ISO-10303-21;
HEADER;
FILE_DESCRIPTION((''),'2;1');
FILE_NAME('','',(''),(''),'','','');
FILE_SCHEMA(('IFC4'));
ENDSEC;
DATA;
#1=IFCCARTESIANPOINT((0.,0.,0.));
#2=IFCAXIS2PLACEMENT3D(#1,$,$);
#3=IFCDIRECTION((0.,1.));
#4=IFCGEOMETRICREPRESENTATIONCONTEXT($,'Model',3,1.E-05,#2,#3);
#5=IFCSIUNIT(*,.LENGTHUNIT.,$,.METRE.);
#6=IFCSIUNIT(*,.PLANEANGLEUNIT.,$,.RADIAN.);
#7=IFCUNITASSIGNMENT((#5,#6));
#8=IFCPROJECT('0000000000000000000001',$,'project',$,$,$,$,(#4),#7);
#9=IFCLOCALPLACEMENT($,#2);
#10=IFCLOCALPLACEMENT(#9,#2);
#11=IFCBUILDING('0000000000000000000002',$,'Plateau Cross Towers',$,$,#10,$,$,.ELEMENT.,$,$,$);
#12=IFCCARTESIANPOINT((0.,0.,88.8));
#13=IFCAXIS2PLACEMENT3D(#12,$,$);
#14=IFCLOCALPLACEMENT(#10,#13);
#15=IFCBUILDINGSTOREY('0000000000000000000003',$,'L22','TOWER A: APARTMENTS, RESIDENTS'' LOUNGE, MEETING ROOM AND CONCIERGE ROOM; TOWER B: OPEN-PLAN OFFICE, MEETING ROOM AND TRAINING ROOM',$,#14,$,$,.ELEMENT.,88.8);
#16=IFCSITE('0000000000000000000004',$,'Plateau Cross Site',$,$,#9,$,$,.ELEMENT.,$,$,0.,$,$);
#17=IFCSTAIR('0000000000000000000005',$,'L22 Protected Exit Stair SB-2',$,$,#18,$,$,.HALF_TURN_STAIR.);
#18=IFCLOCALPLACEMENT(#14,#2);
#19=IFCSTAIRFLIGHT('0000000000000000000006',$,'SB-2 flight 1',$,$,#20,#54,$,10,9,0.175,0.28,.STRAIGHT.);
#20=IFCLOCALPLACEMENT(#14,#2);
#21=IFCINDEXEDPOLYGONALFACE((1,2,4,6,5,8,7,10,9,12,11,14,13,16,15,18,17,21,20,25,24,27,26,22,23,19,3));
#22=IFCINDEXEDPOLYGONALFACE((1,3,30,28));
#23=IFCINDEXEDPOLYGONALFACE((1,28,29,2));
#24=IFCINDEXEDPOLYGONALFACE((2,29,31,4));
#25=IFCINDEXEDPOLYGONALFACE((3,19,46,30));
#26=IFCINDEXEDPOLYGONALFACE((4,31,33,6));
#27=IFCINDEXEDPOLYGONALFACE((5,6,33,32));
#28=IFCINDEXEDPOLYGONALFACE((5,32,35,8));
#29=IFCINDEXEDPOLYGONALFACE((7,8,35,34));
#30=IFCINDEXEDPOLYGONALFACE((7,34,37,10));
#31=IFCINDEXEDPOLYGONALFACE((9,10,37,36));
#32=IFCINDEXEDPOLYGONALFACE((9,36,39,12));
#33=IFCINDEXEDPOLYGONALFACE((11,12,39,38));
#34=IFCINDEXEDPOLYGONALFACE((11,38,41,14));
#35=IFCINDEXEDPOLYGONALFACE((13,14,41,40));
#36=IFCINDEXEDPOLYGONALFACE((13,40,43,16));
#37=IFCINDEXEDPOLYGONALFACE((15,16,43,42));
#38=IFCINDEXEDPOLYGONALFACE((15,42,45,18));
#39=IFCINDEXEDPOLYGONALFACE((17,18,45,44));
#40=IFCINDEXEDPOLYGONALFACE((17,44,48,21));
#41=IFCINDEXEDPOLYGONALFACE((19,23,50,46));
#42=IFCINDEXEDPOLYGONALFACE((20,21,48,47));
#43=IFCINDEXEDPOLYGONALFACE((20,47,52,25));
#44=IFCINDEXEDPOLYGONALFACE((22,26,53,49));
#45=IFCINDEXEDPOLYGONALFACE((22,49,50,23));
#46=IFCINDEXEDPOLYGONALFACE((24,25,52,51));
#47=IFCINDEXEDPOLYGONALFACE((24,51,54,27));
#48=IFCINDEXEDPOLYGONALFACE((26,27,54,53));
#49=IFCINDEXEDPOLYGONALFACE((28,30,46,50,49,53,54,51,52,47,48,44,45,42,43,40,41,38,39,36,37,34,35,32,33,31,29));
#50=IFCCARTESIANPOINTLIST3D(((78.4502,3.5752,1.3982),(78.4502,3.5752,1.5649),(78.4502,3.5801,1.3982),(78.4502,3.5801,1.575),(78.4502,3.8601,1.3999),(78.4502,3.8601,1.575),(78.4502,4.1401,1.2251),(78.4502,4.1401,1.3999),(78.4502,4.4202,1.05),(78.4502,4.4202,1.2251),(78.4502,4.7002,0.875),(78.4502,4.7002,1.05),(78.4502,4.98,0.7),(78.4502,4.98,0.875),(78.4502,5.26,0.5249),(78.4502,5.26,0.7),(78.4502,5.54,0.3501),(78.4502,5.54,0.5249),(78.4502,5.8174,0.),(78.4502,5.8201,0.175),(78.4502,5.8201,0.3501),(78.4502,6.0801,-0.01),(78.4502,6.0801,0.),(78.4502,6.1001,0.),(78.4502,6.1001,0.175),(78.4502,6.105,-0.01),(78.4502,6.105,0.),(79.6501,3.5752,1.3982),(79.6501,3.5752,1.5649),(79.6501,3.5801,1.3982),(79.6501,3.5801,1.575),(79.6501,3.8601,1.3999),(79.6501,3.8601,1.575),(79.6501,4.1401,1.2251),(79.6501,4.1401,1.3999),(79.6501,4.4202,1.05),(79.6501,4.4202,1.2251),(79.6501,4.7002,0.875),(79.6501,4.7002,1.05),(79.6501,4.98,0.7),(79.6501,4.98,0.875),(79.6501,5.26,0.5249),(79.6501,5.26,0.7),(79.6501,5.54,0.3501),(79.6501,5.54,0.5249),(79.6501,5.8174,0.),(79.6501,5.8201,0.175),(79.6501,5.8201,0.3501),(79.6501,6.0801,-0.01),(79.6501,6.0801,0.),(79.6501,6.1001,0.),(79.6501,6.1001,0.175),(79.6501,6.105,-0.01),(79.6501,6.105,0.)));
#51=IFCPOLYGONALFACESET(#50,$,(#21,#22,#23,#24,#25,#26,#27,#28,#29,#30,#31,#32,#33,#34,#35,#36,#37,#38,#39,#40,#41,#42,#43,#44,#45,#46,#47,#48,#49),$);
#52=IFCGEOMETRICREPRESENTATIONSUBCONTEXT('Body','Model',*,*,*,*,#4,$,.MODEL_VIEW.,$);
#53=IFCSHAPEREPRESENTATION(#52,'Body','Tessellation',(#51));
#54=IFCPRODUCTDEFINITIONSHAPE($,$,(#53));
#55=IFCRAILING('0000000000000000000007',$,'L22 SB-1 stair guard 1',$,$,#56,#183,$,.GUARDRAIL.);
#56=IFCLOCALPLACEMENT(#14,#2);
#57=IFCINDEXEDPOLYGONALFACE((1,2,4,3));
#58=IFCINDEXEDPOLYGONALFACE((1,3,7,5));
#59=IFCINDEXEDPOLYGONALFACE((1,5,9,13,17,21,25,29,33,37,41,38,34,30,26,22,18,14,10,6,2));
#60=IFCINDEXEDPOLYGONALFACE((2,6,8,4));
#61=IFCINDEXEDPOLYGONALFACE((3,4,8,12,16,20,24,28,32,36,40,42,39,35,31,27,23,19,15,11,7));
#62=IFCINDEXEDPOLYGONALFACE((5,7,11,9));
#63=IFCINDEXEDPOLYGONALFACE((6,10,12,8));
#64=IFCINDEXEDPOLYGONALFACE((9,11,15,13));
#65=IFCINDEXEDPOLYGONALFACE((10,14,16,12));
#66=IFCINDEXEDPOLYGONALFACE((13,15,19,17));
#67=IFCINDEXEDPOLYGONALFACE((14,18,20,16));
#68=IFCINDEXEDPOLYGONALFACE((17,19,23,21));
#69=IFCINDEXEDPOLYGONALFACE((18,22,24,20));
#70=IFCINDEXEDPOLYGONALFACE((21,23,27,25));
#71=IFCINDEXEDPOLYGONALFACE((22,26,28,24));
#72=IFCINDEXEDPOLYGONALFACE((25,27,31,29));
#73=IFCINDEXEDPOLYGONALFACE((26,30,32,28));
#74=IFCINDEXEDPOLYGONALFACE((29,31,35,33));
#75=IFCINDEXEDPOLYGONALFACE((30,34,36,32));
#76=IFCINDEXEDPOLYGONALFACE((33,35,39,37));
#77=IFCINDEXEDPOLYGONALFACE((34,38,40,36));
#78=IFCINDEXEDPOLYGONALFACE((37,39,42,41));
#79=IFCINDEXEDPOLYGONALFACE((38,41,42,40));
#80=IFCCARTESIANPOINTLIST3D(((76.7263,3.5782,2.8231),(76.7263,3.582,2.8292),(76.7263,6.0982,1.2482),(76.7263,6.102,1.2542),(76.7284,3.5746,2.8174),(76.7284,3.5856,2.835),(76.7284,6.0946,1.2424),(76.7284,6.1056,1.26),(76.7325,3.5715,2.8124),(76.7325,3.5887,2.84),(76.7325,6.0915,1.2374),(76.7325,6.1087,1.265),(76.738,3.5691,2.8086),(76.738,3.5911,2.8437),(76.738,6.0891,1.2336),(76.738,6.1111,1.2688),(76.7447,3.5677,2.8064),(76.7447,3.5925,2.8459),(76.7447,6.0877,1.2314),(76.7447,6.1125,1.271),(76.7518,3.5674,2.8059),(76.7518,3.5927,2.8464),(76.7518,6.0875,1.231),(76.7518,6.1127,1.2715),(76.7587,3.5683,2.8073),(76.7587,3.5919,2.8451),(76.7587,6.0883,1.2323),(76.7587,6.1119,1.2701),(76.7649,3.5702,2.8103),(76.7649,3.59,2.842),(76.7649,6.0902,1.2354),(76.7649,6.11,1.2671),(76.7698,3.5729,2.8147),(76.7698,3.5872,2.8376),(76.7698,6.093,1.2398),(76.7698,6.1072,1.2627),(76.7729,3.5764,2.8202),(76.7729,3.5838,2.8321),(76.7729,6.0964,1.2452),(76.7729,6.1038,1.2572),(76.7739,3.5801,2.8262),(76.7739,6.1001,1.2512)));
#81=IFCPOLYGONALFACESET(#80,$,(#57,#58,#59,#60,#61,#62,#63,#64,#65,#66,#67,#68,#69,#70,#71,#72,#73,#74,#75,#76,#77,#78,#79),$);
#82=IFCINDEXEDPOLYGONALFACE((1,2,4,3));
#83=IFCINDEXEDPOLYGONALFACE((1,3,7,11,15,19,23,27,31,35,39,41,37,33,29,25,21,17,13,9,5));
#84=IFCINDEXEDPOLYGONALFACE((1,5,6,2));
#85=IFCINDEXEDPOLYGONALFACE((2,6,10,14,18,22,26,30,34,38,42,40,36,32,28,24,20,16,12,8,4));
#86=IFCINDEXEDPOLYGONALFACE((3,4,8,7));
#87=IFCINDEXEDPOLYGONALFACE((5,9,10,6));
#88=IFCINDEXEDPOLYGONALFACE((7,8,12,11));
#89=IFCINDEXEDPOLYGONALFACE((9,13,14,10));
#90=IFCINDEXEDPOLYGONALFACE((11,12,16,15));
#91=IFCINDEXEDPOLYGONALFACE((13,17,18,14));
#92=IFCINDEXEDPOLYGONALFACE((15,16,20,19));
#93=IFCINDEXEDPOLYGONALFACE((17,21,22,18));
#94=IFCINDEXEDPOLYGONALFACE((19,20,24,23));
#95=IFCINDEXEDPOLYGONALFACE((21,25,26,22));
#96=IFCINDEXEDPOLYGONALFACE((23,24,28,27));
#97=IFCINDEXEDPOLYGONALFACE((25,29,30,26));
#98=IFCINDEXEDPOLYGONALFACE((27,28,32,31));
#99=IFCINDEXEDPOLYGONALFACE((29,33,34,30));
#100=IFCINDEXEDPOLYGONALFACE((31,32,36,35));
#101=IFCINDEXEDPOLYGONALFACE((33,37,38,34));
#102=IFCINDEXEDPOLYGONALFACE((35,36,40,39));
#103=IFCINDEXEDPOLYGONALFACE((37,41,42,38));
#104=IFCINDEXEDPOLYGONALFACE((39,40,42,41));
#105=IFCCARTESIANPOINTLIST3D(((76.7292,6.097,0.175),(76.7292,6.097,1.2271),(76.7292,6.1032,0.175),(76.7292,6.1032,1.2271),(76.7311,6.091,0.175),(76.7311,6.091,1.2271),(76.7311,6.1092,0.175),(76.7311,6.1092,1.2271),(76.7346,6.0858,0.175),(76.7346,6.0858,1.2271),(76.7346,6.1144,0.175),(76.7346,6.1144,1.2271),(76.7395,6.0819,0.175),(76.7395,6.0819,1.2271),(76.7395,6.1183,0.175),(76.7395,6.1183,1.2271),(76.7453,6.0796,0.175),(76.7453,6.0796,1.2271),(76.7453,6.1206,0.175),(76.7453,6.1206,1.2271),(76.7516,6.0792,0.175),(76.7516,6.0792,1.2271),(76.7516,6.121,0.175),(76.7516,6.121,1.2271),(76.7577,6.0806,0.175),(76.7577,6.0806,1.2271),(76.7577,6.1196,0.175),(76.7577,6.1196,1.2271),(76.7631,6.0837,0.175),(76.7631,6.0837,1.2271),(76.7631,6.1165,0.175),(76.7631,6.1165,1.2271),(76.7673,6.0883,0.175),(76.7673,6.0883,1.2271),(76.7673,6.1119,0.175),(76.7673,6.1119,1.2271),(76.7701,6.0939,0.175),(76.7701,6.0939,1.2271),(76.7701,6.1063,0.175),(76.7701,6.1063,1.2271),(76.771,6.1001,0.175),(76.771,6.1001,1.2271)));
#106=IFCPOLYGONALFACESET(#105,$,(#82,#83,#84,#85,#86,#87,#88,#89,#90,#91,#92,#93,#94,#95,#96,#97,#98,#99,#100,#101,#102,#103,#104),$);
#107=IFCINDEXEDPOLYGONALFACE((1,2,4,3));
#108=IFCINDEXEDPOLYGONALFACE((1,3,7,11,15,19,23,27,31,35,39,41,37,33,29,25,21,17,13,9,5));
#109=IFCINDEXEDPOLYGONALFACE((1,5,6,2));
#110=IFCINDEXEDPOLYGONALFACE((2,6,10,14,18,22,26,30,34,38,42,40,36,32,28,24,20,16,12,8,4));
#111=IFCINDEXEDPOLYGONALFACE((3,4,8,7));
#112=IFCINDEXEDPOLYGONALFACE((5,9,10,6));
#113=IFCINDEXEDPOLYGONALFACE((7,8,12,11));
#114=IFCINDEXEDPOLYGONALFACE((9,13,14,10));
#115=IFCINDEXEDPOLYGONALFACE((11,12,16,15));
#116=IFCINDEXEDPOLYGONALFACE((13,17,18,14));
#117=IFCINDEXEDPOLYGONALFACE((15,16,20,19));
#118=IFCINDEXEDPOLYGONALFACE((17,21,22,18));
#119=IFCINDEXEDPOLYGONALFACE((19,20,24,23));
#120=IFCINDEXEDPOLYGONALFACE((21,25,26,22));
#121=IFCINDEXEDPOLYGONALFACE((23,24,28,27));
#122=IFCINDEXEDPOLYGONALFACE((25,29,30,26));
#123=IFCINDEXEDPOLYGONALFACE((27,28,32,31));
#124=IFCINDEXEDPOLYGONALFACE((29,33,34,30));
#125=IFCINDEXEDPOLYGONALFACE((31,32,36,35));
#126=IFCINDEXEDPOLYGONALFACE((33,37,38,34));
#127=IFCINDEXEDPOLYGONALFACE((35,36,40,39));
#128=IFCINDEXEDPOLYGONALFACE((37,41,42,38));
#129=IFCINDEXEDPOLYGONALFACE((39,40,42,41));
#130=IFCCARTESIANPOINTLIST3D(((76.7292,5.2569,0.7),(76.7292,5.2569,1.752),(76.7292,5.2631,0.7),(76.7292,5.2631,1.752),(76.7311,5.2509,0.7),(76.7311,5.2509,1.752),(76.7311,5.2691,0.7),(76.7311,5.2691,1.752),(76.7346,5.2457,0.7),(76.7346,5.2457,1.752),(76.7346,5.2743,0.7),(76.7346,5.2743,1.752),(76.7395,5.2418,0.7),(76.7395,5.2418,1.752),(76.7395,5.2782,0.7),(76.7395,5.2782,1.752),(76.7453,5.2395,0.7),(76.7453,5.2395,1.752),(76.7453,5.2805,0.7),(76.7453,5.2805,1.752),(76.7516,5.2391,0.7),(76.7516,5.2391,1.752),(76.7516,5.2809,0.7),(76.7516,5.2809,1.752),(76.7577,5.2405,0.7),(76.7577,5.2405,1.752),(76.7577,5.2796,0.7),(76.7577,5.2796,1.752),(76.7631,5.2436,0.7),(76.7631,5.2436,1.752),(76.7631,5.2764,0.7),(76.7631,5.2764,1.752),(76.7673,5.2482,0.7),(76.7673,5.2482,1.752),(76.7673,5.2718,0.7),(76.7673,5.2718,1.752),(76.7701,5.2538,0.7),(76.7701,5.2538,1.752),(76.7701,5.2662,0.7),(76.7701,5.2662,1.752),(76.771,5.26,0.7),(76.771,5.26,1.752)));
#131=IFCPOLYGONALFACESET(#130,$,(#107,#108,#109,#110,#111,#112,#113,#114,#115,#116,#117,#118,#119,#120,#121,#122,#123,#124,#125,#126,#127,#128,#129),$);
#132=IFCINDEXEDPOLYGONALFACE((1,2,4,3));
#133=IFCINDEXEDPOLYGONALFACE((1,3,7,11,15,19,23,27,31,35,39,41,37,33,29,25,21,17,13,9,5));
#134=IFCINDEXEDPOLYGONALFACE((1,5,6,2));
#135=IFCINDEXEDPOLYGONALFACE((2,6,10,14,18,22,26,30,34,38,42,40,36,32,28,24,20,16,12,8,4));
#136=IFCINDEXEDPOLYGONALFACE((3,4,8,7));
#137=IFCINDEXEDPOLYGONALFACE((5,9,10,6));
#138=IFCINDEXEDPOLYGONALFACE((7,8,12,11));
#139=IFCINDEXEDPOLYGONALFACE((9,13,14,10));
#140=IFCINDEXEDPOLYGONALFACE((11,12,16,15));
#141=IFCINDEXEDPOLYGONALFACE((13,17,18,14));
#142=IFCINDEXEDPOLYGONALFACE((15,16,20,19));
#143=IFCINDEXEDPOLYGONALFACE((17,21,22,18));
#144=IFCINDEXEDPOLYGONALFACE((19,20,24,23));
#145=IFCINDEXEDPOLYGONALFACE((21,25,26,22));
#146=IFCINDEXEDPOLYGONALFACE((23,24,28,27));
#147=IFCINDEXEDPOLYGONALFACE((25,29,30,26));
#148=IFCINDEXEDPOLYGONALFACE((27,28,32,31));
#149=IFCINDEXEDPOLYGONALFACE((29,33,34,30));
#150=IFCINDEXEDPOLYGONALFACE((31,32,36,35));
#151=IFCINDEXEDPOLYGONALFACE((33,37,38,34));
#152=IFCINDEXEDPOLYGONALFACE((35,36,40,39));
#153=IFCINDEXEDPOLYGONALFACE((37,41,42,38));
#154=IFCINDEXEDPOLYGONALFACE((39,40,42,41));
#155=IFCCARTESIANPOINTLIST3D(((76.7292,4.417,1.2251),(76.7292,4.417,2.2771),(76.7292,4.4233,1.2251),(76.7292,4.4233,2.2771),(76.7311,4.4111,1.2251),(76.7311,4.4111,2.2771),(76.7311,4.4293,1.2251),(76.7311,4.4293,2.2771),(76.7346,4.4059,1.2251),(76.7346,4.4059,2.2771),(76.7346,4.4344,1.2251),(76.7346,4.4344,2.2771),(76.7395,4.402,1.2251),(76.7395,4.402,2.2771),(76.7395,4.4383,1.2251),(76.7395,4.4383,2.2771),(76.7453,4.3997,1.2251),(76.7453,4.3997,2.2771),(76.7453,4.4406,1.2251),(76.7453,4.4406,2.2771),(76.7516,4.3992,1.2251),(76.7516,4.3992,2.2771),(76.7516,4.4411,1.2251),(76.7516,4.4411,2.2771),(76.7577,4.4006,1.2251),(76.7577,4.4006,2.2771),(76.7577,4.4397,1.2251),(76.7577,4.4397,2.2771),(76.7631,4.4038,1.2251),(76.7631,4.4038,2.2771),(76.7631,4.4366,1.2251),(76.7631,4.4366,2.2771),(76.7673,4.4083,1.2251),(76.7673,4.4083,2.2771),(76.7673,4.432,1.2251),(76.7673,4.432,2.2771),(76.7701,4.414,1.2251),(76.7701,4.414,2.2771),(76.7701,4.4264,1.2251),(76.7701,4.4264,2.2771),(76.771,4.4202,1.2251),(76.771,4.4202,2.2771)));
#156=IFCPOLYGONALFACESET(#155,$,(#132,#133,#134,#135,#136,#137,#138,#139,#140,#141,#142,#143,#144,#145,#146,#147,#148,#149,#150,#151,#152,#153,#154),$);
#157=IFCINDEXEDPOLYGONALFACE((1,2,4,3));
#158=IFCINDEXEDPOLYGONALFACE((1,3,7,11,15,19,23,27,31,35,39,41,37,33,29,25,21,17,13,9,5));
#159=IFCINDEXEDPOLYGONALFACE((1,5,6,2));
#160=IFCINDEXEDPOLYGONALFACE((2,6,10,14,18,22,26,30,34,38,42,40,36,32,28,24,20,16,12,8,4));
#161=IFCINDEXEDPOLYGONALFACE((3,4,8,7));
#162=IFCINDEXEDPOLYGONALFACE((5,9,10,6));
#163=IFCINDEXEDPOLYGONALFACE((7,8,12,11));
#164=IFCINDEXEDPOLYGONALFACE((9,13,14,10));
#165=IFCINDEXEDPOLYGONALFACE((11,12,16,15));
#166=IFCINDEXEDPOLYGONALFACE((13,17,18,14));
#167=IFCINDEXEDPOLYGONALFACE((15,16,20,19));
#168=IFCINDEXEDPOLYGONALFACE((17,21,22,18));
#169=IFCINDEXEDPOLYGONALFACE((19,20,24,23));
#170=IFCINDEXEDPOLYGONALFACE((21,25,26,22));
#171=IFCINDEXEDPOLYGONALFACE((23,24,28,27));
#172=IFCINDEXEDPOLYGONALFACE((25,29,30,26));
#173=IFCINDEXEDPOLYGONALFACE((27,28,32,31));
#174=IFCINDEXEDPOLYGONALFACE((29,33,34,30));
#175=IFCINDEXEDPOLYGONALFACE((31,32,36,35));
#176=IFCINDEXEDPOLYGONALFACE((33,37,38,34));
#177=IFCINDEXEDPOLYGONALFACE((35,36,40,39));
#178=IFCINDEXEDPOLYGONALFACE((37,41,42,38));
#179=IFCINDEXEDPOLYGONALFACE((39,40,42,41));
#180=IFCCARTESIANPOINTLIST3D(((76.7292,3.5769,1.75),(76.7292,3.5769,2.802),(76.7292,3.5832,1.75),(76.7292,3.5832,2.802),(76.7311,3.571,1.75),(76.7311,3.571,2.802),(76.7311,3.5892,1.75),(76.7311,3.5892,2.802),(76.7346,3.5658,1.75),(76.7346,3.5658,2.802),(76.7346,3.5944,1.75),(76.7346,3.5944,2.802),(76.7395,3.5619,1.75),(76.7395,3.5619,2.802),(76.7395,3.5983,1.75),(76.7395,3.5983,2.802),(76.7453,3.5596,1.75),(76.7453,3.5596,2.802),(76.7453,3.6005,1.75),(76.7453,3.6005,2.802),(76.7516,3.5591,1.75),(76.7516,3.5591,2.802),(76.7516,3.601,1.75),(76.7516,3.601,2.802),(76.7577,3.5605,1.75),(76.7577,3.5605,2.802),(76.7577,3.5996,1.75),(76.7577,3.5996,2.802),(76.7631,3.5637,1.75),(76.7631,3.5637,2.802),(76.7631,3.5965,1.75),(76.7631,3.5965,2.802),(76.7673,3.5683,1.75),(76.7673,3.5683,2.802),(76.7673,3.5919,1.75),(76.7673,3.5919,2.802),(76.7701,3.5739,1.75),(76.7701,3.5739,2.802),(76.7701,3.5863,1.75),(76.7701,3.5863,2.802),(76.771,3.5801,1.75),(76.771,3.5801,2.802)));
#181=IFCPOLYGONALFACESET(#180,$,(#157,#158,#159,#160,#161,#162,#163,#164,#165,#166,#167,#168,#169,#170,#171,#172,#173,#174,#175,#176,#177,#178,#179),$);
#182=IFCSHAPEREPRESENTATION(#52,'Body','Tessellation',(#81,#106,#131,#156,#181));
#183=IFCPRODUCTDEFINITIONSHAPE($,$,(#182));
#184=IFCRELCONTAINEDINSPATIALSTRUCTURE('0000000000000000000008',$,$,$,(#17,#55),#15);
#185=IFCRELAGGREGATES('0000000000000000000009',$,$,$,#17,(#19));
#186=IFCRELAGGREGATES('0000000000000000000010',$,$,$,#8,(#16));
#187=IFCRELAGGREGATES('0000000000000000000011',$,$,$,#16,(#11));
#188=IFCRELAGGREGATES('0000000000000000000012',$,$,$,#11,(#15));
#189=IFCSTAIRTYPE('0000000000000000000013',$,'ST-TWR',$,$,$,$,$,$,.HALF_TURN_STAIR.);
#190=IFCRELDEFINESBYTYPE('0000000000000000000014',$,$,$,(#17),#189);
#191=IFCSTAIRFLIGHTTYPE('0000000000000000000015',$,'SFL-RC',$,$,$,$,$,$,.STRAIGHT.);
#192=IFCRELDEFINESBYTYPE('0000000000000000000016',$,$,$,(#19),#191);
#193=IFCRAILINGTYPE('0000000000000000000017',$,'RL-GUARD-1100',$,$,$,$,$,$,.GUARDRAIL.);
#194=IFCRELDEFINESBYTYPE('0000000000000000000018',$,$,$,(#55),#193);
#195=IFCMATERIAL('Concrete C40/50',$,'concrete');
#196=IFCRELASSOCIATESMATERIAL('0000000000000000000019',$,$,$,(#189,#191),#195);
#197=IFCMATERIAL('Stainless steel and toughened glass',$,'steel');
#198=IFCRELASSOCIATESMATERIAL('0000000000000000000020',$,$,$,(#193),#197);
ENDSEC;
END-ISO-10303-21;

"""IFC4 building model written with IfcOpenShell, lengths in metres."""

from ifc_helpers import new_model, si_unit, direction, frame, origin, origin_2d, place, context, subcontext, project, spatial, polyline, circle, outline, extrude, material, type_object, element, aggregate, save


model = new_model("IFC4")

# Units and contexts
model_context = context("Model", 3, precision=1e-05, world=origin(), true_north=direction((0.0, 1.0)))
body_context = subcontext(model_context, "Body", "Model", "MODEL_VIEW")
ifc_project = project(units=[si_unit("LENGTHUNIT", "METRE"), si_unit("PLANEANGLEUNIT", "RADIAN")], contexts=[model_context])

# Site, building, storey
site_placement = place(None, origin())
site = spatial("IfcSite", under=ifc_project, at=site_placement, Name="Plateau Cross Site", CompositionType="ELEMENT", RefElevation=0.0)
building_placement = place(site_placement, origin())
building = spatial("IfcBuilding", under=site, at=building_placement, Name="Plateau Cross Towers", CompositionType="ELEMENT")
storey_placement = place(building_placement, frame((0.0, 0.0, 88.8)))
storey = spatial("IfcBuildingStorey", under=building, at=storey_placement, Name="L22", Description="TOWER A: APARTMENTS, RESIDENTS' LOUNGE, MEETING ROOM AND CONCIERGE ROOM; TOWER B: OPEN-PLAN OFFICE, MEETING ROOM AND TRAINING ROOM", CompositionType="ELEMENT", Elevation=88.8)

# Shared definitions
ifc_material_1 = material(Name="Concrete C40/50", Category="concrete")
stair_type = type_object("IfcStairType", Name="ST-TWR", PredefinedType="HALF_TURN_STAIR", material=ifc_material_1)
stair_flight_type = type_object("IfcStairFlightType", Name="SFL-RC", PredefinedType="STRAIGHT", material=ifc_material_1)

# Stair, stair flight
stair_1_placement = place(storey_placement, origin())
stair_1 = element("IfcStair", 1, at=stair_1_placement, inside=storey, type_object=stair_type, Name="L22 Protected Exit Stair SB-2", PredefinedType="HALF_TURN_STAIR")
stair_flight_1_placement = place(storey_placement, frame((79.05, 6.1001, 0.0), z_axis=(0.0, 0.0, 1.0), x_axis=(0.0, -1.0, 0.0)))
stair_flight_1 = element("IfcStairFlight", 2, at=stair_flight_1_placement, type_object=stair_flight_type, Name="SB-2 flight 1", NumberOfRisers=10, NumberOfTreads=9, PredefinedType="STRAIGHT", RiserHeight=0.175, TreadLength=0.28, context=body_context, shape_type="SweptSolid", body=[
    extrude(outline(polyline([(-0.0049, -0.01), (-0.0049, 0.0), (0.0, 0.0), (0.0, 0.175), (0.28, 0.175), (0.28, 0.3501), (0.5601, 0.3501), (0.5601, 0.5249), (0.8401, 0.5249), (0.8401, 0.7), (1.1201, 0.7), (1.1201, 0.875), (1.3999, 0.875), (1.3999, 1.05), (1.6799, 1.05), (1.6799, 1.2251), (1.96, 1.2251), (1.96, 1.3999), (2.24, 1.3999), (2.24, 1.575), (2.52, 1.575), (2.5249, 1.5649), (2.5249, 1.3982), (2.52, 1.3982), (0.2827, 0.0), (0.02, 0.0), (0.02, -0.01), (-0.0049, -0.01)])), frame((0.0, 0.6001, 0.0), z_axis=(0.0, -1.0, 0.0), x_axis=(1.0, 0.0, 0.0)), (0.0, 0.0, 1.0), 1.2),
])
aggregate(stair_1, [stair_flight_1])

# Railing
ifc_material_2 = material(Name="Stainless steel and toughened glass", Category="steel")
railing_type_1 = type_object("IfcRailingType", Name="RL-GUARD-1100", PredefinedType="GUARDRAIL", material=ifc_material_2)
railing_1_placement = place(storey_placement, frame((76.75, 6.1001, 0.175)))
element("IfcRailing", 3, at=railing_1_placement, inside=storey, type_object=railing_type_1, Name="L22 SB-1 stair guard 1", PredefinedType="GUARDRAIL", context=body_context, shape_type="SweptSolid", body=[
    extrude(circle(Radius=0.0239, at=origin_2d()), frame((0.0, 0.0, 1.0762), z_axis=(0.0, -0.848008, 0.529984), x_axis=(1.0, 0.0, 0.0)), (0.0, 0.0, 1.0), 2.9717),
    extrude(circle(Radius=0.021, at=origin_2d()), origin(), (0.0, 0.0, 1.0), 1.052),
    extrude(circle(Radius=0.021, at=origin_2d()), frame((0.0, -0.8401, 0.5249)), (0.0, 0.0, 1.0), 1.052),
    extrude(circle(Radius=0.021, at=origin_2d()), frame((0.0, -1.6799, 1.05)), (0.0, 0.0, 1.0), 1.052),
    extrude(circle(Radius=0.021, at=origin_2d()), frame((0.0, -2.52, 1.575)), (0.0, 0.0, 1.0), 1.052),
])

save(model, "model.ifc")
